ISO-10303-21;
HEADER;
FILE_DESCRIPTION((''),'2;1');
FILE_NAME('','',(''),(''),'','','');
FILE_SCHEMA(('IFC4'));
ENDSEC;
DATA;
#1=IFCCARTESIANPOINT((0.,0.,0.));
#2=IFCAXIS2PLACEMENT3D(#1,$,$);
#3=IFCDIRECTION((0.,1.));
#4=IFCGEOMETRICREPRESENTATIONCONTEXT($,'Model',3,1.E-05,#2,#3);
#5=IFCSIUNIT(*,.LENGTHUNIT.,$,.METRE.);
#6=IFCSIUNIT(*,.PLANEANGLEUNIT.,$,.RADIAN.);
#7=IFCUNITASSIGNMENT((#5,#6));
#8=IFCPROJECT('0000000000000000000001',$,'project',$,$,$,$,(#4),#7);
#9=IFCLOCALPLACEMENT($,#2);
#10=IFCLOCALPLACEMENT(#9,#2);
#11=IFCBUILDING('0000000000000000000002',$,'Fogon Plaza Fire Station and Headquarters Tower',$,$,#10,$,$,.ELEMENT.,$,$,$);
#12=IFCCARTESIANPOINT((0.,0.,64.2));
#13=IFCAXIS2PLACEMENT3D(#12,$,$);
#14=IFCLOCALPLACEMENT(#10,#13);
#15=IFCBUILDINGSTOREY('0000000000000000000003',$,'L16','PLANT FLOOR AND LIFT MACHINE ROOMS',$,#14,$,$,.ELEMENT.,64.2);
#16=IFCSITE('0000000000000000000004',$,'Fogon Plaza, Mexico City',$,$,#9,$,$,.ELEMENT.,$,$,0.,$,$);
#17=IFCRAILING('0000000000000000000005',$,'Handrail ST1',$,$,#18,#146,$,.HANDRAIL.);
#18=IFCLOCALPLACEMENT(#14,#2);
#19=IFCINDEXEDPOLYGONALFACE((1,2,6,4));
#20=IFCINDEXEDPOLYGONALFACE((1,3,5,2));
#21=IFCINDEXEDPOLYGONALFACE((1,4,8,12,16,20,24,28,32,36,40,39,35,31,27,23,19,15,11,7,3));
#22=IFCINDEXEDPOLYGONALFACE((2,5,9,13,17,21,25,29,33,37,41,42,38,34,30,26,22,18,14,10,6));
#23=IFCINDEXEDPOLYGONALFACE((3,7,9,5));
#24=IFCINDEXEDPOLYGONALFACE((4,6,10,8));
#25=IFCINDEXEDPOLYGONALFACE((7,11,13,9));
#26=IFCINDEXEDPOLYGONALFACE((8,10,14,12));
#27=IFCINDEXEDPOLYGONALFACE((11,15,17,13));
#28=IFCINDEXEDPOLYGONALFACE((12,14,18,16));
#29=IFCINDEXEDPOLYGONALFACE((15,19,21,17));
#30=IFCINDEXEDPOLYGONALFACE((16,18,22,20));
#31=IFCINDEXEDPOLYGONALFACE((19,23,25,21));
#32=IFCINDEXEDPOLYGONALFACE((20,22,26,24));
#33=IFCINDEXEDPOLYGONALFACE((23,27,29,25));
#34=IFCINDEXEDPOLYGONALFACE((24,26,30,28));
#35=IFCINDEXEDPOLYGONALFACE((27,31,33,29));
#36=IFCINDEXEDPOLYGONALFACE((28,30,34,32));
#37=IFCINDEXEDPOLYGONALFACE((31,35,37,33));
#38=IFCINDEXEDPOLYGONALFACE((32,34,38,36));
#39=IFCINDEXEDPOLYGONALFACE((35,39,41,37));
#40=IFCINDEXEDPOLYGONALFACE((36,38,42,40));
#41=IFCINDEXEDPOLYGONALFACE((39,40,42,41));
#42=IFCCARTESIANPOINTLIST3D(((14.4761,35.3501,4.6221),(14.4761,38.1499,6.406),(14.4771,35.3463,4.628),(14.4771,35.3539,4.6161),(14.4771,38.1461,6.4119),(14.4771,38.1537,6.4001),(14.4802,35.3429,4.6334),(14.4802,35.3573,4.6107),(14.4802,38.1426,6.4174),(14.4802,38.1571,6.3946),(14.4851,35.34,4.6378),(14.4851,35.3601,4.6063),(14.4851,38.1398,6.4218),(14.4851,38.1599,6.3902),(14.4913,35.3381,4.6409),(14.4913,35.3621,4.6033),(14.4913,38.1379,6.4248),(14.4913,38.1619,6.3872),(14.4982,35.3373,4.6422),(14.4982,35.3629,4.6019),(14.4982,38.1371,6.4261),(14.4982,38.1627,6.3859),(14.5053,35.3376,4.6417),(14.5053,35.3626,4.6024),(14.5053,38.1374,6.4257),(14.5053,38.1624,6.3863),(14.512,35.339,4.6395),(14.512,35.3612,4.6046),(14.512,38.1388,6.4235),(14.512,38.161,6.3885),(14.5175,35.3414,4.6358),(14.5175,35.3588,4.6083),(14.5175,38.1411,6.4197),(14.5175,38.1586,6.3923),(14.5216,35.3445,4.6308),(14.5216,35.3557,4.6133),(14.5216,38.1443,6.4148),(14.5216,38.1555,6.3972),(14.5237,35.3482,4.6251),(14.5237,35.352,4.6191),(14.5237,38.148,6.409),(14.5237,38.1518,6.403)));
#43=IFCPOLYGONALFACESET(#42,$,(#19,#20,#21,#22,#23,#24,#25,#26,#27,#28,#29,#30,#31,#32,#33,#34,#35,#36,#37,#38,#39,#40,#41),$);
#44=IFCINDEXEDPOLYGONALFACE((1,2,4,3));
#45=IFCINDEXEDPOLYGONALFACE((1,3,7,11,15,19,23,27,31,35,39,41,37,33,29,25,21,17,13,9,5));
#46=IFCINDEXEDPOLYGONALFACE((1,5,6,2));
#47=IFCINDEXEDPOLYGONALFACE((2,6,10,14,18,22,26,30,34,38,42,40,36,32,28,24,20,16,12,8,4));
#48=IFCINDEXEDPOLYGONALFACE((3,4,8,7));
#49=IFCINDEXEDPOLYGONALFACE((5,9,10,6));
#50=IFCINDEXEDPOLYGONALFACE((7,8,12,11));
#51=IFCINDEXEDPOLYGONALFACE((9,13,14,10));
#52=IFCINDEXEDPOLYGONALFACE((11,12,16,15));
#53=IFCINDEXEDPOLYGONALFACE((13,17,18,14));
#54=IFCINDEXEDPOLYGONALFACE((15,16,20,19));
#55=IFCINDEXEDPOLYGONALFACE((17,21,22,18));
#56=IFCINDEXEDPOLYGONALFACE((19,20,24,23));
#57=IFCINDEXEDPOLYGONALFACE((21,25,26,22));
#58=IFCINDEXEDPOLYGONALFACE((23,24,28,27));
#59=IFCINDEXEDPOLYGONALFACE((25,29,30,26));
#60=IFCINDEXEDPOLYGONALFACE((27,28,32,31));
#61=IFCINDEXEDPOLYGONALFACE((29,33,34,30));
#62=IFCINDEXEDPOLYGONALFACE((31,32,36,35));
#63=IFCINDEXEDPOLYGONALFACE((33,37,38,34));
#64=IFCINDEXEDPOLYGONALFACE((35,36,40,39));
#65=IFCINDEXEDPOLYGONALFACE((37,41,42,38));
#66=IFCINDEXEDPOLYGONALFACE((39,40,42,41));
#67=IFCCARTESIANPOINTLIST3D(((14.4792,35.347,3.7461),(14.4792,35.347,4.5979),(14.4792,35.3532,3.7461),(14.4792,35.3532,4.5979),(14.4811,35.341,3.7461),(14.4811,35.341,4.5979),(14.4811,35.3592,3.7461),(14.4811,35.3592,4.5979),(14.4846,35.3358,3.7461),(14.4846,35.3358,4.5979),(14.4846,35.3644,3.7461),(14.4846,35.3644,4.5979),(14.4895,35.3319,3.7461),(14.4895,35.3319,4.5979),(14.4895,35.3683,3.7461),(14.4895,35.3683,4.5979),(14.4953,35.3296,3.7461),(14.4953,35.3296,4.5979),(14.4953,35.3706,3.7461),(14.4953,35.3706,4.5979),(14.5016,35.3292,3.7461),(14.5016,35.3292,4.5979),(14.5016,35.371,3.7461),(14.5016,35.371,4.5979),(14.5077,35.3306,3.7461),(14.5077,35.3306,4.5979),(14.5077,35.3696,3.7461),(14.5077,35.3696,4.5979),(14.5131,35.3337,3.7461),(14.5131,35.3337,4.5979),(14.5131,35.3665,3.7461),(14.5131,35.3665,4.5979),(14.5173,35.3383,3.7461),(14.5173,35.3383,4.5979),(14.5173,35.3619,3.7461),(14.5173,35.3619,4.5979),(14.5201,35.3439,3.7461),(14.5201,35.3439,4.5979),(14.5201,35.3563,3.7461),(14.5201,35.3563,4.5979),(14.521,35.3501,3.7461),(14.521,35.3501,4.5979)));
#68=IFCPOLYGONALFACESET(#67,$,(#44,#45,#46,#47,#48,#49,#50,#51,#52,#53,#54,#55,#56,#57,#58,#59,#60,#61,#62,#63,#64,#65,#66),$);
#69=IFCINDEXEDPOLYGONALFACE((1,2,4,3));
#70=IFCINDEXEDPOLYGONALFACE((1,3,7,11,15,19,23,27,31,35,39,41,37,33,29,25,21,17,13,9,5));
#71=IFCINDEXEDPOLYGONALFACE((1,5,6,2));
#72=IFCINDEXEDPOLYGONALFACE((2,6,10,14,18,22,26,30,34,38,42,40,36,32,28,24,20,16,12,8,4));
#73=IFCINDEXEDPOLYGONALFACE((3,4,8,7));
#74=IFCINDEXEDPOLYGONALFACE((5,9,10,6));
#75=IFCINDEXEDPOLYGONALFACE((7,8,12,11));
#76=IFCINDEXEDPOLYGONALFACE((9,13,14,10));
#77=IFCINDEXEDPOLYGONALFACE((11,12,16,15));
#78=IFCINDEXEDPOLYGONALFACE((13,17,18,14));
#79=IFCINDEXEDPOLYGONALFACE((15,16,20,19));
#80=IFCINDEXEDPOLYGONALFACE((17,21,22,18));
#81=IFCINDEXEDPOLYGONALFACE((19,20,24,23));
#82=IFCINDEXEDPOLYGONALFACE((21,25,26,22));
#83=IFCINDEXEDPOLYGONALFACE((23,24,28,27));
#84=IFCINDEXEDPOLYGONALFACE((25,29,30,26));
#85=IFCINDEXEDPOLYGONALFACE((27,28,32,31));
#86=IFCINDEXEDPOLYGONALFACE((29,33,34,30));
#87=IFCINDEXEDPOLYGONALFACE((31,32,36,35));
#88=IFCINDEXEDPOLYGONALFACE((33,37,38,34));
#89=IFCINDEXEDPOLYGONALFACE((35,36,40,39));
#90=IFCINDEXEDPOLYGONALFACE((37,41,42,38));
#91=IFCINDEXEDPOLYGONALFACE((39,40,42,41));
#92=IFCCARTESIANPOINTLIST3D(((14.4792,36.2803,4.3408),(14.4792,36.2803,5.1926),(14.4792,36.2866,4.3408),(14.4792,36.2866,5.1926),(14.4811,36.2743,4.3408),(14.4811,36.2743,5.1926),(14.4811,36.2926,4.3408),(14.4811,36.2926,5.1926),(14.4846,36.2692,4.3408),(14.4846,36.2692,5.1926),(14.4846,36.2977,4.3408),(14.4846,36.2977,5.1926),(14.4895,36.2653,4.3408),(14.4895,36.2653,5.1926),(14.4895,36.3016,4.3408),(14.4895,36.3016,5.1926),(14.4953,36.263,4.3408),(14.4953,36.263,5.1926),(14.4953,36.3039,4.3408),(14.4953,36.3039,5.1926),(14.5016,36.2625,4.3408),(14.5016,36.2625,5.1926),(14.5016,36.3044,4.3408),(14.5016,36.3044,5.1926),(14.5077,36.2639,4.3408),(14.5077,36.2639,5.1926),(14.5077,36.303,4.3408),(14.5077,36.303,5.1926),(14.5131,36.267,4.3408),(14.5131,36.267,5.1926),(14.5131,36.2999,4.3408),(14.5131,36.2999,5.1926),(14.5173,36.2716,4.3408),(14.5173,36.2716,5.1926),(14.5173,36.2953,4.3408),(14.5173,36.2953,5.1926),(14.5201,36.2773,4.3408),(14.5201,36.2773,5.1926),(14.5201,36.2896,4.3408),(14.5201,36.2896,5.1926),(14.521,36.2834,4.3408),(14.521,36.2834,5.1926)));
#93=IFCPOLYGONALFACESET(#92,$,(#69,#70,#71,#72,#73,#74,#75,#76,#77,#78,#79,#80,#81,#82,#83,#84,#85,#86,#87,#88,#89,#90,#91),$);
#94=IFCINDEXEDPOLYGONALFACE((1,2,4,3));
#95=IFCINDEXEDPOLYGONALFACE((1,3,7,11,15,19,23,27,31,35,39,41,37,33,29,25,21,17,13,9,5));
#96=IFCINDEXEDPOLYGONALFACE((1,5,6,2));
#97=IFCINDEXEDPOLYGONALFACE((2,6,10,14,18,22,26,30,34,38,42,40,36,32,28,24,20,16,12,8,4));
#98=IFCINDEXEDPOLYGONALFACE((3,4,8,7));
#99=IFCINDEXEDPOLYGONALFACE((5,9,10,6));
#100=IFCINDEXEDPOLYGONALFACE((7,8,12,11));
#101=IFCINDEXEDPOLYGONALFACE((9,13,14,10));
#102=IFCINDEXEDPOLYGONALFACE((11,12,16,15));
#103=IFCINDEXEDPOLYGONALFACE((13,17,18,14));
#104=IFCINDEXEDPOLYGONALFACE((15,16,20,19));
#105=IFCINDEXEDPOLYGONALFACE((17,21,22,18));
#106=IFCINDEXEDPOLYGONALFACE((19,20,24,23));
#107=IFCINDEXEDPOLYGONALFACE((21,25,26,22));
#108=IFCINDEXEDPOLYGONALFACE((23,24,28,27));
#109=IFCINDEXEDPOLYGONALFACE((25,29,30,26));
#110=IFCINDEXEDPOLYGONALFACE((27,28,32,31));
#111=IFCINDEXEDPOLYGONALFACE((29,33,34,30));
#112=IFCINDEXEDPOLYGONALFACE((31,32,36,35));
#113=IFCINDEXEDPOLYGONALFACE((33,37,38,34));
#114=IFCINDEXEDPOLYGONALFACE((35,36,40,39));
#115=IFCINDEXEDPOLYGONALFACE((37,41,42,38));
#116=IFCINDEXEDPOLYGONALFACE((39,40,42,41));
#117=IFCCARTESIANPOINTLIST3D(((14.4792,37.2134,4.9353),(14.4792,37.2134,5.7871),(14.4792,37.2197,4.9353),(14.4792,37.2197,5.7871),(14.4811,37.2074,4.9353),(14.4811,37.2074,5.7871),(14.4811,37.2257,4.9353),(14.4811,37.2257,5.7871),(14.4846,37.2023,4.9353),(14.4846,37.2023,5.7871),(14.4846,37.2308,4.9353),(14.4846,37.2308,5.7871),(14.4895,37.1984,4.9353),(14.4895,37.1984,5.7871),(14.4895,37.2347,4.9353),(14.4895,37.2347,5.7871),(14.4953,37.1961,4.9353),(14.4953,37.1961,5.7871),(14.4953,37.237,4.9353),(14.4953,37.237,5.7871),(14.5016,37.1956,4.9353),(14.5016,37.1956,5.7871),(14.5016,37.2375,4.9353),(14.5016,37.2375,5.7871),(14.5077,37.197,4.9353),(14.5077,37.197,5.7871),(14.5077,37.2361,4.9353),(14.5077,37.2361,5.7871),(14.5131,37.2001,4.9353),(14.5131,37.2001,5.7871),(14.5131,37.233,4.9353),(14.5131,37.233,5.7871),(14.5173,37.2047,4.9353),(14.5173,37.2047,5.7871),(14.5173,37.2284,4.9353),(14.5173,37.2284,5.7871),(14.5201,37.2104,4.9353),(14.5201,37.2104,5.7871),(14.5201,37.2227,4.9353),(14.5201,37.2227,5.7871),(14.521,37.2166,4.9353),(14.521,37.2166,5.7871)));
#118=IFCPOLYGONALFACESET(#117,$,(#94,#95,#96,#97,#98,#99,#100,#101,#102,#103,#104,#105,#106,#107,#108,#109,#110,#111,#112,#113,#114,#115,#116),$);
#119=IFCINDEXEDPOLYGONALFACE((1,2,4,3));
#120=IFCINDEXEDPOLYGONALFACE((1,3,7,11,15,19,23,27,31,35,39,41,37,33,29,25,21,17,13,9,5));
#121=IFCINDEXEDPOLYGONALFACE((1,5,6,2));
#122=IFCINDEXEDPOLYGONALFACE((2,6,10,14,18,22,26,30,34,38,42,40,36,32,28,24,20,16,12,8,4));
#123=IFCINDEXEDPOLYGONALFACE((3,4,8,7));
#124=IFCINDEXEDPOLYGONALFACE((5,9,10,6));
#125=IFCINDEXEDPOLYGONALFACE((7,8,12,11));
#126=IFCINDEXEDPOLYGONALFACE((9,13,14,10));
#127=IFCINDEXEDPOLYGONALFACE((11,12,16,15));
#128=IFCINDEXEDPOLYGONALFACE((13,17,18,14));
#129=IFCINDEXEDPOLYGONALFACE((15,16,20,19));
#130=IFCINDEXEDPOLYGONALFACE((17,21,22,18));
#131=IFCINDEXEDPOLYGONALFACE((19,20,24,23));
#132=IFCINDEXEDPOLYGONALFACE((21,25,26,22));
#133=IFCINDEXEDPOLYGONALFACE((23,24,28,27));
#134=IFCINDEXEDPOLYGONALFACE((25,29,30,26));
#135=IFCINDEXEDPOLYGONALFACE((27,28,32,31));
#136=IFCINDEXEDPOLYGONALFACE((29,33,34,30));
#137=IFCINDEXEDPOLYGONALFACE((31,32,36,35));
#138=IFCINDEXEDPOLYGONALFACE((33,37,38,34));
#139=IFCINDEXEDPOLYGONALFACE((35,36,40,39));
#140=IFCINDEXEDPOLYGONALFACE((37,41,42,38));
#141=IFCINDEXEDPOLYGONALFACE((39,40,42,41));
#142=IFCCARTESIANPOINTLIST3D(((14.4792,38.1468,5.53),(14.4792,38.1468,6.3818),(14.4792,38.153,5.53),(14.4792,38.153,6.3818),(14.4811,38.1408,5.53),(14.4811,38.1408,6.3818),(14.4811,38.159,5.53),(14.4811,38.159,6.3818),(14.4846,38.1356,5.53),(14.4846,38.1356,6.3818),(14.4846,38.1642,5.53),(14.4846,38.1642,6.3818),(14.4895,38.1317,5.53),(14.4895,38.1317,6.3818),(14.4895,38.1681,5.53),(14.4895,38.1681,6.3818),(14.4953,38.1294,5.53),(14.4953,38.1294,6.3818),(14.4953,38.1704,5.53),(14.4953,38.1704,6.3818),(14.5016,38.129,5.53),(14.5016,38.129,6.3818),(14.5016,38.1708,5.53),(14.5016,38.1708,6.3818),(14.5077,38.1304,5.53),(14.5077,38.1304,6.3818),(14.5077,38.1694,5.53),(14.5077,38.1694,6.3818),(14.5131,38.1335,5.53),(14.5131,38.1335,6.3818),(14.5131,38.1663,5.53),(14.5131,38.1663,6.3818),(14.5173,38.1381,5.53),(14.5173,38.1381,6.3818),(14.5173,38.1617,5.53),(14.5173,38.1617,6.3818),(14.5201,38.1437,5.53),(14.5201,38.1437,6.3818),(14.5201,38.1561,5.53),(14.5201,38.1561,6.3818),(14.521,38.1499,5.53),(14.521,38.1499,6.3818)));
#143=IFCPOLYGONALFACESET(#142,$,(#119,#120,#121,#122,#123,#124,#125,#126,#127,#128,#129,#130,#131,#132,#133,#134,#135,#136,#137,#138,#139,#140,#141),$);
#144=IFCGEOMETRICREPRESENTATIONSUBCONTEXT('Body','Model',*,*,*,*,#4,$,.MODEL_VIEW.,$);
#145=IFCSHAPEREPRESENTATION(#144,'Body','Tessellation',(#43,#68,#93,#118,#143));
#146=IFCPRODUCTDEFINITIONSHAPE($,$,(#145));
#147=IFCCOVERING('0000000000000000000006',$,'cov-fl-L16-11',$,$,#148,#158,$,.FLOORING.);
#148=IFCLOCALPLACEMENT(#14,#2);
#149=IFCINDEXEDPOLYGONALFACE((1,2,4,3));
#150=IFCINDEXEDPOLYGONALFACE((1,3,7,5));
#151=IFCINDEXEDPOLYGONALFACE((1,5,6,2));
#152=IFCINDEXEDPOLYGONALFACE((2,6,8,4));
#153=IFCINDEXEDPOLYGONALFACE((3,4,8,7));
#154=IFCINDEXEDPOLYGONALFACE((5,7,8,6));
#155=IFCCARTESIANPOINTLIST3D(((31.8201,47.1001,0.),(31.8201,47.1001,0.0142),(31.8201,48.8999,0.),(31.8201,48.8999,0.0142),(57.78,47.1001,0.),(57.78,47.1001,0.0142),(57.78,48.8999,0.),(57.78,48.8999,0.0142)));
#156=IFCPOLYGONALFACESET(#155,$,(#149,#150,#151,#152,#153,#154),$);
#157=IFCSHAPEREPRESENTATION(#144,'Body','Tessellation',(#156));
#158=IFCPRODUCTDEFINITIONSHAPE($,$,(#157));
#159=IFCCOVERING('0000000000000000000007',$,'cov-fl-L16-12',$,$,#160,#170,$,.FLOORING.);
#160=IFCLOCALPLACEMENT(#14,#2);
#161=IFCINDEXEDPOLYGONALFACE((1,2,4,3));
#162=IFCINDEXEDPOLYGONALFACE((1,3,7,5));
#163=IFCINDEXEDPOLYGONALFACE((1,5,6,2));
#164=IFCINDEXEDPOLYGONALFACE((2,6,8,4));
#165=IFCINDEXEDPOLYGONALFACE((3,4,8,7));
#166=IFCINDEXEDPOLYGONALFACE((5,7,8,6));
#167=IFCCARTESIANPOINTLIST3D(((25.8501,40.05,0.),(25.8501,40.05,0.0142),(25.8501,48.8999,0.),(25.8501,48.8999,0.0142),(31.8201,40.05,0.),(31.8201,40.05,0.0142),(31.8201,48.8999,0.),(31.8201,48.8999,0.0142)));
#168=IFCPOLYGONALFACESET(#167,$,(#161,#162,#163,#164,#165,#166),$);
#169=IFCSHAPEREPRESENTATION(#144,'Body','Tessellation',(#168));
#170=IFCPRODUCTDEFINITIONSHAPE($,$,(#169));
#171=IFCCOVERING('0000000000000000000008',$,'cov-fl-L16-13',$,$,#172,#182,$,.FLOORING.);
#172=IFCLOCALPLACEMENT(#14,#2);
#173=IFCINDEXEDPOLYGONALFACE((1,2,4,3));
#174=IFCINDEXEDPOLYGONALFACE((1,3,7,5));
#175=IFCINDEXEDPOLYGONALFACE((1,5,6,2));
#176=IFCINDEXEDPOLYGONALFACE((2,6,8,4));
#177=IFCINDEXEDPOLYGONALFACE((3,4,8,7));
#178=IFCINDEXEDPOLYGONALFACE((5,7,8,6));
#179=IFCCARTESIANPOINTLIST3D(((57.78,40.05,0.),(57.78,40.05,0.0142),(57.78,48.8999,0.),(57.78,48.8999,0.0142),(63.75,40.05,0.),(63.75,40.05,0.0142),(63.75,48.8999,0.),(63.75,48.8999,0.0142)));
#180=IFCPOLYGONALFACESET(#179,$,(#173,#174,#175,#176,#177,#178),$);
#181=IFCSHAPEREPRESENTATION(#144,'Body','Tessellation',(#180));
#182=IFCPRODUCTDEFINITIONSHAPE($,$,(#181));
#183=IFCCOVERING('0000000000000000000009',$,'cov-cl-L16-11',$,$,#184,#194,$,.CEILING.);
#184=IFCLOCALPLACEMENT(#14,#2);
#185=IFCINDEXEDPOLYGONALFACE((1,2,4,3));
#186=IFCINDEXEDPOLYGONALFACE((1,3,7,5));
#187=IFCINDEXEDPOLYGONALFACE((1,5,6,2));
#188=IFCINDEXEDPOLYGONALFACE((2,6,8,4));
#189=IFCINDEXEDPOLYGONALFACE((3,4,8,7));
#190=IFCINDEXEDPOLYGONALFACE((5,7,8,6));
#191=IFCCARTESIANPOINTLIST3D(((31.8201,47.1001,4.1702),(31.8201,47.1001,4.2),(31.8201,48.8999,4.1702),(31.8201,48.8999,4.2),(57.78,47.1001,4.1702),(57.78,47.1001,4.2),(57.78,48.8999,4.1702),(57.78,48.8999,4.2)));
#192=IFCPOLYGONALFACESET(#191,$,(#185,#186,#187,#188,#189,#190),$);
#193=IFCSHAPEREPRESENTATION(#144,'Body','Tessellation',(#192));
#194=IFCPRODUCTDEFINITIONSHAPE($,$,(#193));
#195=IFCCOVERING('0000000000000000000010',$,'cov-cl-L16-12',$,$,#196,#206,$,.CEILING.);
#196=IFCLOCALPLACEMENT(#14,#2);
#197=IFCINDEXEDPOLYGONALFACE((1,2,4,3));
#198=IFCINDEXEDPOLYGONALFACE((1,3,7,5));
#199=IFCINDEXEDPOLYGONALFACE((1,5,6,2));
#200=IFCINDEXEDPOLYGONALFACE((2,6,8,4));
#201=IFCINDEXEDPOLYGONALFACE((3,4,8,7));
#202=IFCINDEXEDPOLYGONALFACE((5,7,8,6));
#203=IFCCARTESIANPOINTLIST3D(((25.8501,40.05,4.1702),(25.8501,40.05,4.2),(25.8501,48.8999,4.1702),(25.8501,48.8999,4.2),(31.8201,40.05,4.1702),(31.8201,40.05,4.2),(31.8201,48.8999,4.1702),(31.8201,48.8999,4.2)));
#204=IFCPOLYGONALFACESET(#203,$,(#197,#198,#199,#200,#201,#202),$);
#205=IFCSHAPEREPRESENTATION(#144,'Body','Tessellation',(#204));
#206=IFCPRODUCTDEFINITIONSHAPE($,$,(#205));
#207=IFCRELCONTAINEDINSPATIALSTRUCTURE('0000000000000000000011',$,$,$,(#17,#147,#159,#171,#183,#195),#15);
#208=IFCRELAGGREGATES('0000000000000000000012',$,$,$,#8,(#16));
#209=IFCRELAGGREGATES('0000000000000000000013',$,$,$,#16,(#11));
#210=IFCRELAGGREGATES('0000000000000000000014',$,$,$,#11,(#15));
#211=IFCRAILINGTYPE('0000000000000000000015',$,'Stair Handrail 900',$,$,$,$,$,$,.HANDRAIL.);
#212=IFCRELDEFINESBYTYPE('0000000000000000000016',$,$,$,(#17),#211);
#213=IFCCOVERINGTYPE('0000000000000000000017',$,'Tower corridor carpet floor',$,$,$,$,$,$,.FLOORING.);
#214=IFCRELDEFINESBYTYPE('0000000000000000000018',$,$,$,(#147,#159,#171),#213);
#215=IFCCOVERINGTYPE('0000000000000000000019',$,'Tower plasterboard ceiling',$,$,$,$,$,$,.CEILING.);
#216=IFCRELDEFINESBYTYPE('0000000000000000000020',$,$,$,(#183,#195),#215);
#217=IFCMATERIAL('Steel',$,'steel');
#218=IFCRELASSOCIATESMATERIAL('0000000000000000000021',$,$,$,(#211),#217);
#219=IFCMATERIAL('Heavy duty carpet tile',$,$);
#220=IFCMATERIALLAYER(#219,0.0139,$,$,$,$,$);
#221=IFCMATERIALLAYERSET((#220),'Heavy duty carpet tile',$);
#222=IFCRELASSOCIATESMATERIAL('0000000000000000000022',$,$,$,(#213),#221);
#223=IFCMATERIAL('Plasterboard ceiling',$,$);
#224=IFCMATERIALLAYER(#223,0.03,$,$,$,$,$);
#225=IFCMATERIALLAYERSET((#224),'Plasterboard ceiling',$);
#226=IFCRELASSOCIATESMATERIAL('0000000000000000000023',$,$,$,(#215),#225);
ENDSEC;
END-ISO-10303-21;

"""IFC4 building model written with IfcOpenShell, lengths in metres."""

from ifc_helpers import new_model, si_unit, direction, frame, origin, origin_2d, place, context, subcontext, project, spatial, polyline, circle, outline, extrude, material, layer, layer_set, type_object, element, save


model = new_model("IFC4")

# Units and contexts
model_context = context("Model", 3, precision=1e-05, world=origin(), true_north=direction((0.0, 1.0)))
body_context = subcontext(model_context, "Body", "Model", "MODEL_VIEW")
ifc_project = project(units=[si_unit("LENGTHUNIT", "METRE"), si_unit("PLANEANGLEUNIT", "RADIAN")], contexts=[model_context])

# Site, building, storey
site_placement = place(None, origin())
site = spatial("IfcSite", under=ifc_project, at=site_placement, Name="Fogon Plaza, Mexico City", CompositionType="ELEMENT", RefElevation=0.0)
building_placement = place(site_placement, origin())
building = spatial("IfcBuilding", under=site, at=building_placement, Name="Fogon Plaza Fire Station and Headquarters Tower", CompositionType="ELEMENT")
storey_placement = place(building_placement, frame((0.0, 0.0, 64.2)))
storey = spatial("IfcBuildingStorey", under=building, at=storey_placement, Name="L16", Description="PLANT FLOOR AND LIFT MACHINE ROOMS", CompositionType="ELEMENT", Elevation=64.2)

# Railing
ifc_material_1 = material(Name="Steel", Category="steel")
railing_type = type_object("IfcRailingType", Name="Stair Handrail 900", PredefinedType="HANDRAIL", material=ifc_material_1)
for number, where, name in (
    (1, (14.5, 35.3501, 3.7461), "Handrail ST1"),
):
    element("IfcRailing", number, at=place(storey_placement, frame(where)), inside=storey, type_object=railing_type, Name=name, PredefinedType="HANDRAIL", context=body_context, shape_type="SweptSolid", body=[
        extrude(circle(Radius=0.0239, at=origin_2d()), frame((0.0, 0.0, 0.876), z_axis=(0.0, 0.843356, 0.537356), x_axis=(-1.0, 0.0, 0.0)), (0.0, 0.0, 1.0), 3.3198),
        extrude(circle(Radius=0.021, at=origin_2d()), origin(), (0.0, 0.0, 1.0), 0.8518),
        extrude(circle(Radius=0.021, at=origin_2d()), frame((0.0, 0.9333, 0.5947)), (0.0, 0.0, 1.0), 0.8518),
        extrude(circle(Radius=0.021, at=origin_2d()), frame((0.0, 1.8665, 1.1892)), (0.0, 0.0, 1.0), 0.8518),
        extrude(circle(Radius=0.021, at=origin_2d()), frame((0.0, 2.7998, 1.7839)), (0.0, 0.0, 1.0), 0.8518),
    ])

# Coverings
ifc_material_2 = material(Name="Heavy duty carpet tile")
ifc_layer_1 = layer(ifc_material_2, 0.0139)
ifc_layer_set_1 = layer_set([ifc_layer_1], Name="Heavy duty carpet tile")
covering_type_1 = type_object("IfcCoveringType", Name="Tower corridor carpet floor", PredefinedType="FLOORING", material=ifc_layer_set_1)
covering_1_placement = place(storey_placement, origin())
element("IfcCovering", 2, at=covering_1_placement, inside=storey, type_object=covering_type_1, Name="cov-fl-L16-11", PredefinedType="FLOORING", context=body_context, shape_type="SweptSolid", body=[
    extrude(outline(polyline([(57.78, 47.1001), (57.78, 48.8999), (31.8201, 48.8999), (31.8201, 47.1001), (57.78, 47.1001)])), origin(), (0.0, 0.0, 1.0), 0.0142),
])
covering_2_placement = place(storey_placement, origin())
element("IfcCovering", 3, at=covering_2_placement, inside=storey, type_object=covering_type_1, Name="cov-fl-L16-12", PredefinedType="FLOORING", context=body_context, shape_type="SweptSolid", body=[
    extrude(outline(polyline([(31.8201, 40.05), (31.8201, 48.8999), (25.8501, 48.8999), (25.8501, 40.05), (31.8201, 40.05)])), origin(), (0.0, 0.0, 1.0), 0.0142),
])
covering_3_placement = place(storey_placement, origin())
element("IfcCovering", 4, at=covering_3_placement, inside=storey, type_object=covering_type_1, Name="cov-fl-L16-13", PredefinedType="FLOORING", context=body_context, shape_type="SweptSolid", body=[
    extrude(outline(polyline([(63.75, 40.05), (63.75, 48.8999), (57.78, 48.8999), (57.78, 40.05), (63.75, 40.05)])), origin(), (0.0, 0.0, 1.0), 0.0142),
])
ifc_material_3 = material(Name="Plasterboard ceiling")
ifc_layer_2 = layer(ifc_material_3, 0.03)
ifc_layer_set_2 = layer_set([ifc_layer_2], Name="Plasterboard ceiling")
covering_type_2 = type_object("IfcCoveringType", Name="Tower plasterboard ceiling", PredefinedType="CEILING", material=ifc_layer_set_2)
covering_4_placement = place(storey_placement, frame((0.0, 0.0, 4.1702)))
element("IfcCovering", 5, at=covering_4_placement, inside=storey, type_object=covering_type_2, Name="cov-cl-L16-11", PredefinedType="CEILING", context=body_context, shape_type="SweptSolid", body=[
    extrude(outline(polyline([(57.78, 47.1001), (57.78, 48.8999), (31.8201, 48.8999), (31.8201, 47.1001), (57.78, 47.1001)])), origin(), (0.0, 0.0, 1.0), 0.0298),
])
covering_5_placement = place(storey_placement, frame((0.0, 0.0, 4.1702)))
element("IfcCovering", 6, at=covering_5_placement, inside=storey, type_object=covering_type_2, Name="cov-cl-L16-12", PredefinedType="CEILING", context=body_context, shape_type="SweptSolid", body=[
    extrude(outline(polyline([(31.8201, 40.05), (31.8201, 48.8999), (25.8501, 48.8999), (25.8501, 40.05), (31.8201, 40.05)])), origin(), (0.0, 0.0, 1.0), 0.0298),
])

save(model, "model.ifc")
